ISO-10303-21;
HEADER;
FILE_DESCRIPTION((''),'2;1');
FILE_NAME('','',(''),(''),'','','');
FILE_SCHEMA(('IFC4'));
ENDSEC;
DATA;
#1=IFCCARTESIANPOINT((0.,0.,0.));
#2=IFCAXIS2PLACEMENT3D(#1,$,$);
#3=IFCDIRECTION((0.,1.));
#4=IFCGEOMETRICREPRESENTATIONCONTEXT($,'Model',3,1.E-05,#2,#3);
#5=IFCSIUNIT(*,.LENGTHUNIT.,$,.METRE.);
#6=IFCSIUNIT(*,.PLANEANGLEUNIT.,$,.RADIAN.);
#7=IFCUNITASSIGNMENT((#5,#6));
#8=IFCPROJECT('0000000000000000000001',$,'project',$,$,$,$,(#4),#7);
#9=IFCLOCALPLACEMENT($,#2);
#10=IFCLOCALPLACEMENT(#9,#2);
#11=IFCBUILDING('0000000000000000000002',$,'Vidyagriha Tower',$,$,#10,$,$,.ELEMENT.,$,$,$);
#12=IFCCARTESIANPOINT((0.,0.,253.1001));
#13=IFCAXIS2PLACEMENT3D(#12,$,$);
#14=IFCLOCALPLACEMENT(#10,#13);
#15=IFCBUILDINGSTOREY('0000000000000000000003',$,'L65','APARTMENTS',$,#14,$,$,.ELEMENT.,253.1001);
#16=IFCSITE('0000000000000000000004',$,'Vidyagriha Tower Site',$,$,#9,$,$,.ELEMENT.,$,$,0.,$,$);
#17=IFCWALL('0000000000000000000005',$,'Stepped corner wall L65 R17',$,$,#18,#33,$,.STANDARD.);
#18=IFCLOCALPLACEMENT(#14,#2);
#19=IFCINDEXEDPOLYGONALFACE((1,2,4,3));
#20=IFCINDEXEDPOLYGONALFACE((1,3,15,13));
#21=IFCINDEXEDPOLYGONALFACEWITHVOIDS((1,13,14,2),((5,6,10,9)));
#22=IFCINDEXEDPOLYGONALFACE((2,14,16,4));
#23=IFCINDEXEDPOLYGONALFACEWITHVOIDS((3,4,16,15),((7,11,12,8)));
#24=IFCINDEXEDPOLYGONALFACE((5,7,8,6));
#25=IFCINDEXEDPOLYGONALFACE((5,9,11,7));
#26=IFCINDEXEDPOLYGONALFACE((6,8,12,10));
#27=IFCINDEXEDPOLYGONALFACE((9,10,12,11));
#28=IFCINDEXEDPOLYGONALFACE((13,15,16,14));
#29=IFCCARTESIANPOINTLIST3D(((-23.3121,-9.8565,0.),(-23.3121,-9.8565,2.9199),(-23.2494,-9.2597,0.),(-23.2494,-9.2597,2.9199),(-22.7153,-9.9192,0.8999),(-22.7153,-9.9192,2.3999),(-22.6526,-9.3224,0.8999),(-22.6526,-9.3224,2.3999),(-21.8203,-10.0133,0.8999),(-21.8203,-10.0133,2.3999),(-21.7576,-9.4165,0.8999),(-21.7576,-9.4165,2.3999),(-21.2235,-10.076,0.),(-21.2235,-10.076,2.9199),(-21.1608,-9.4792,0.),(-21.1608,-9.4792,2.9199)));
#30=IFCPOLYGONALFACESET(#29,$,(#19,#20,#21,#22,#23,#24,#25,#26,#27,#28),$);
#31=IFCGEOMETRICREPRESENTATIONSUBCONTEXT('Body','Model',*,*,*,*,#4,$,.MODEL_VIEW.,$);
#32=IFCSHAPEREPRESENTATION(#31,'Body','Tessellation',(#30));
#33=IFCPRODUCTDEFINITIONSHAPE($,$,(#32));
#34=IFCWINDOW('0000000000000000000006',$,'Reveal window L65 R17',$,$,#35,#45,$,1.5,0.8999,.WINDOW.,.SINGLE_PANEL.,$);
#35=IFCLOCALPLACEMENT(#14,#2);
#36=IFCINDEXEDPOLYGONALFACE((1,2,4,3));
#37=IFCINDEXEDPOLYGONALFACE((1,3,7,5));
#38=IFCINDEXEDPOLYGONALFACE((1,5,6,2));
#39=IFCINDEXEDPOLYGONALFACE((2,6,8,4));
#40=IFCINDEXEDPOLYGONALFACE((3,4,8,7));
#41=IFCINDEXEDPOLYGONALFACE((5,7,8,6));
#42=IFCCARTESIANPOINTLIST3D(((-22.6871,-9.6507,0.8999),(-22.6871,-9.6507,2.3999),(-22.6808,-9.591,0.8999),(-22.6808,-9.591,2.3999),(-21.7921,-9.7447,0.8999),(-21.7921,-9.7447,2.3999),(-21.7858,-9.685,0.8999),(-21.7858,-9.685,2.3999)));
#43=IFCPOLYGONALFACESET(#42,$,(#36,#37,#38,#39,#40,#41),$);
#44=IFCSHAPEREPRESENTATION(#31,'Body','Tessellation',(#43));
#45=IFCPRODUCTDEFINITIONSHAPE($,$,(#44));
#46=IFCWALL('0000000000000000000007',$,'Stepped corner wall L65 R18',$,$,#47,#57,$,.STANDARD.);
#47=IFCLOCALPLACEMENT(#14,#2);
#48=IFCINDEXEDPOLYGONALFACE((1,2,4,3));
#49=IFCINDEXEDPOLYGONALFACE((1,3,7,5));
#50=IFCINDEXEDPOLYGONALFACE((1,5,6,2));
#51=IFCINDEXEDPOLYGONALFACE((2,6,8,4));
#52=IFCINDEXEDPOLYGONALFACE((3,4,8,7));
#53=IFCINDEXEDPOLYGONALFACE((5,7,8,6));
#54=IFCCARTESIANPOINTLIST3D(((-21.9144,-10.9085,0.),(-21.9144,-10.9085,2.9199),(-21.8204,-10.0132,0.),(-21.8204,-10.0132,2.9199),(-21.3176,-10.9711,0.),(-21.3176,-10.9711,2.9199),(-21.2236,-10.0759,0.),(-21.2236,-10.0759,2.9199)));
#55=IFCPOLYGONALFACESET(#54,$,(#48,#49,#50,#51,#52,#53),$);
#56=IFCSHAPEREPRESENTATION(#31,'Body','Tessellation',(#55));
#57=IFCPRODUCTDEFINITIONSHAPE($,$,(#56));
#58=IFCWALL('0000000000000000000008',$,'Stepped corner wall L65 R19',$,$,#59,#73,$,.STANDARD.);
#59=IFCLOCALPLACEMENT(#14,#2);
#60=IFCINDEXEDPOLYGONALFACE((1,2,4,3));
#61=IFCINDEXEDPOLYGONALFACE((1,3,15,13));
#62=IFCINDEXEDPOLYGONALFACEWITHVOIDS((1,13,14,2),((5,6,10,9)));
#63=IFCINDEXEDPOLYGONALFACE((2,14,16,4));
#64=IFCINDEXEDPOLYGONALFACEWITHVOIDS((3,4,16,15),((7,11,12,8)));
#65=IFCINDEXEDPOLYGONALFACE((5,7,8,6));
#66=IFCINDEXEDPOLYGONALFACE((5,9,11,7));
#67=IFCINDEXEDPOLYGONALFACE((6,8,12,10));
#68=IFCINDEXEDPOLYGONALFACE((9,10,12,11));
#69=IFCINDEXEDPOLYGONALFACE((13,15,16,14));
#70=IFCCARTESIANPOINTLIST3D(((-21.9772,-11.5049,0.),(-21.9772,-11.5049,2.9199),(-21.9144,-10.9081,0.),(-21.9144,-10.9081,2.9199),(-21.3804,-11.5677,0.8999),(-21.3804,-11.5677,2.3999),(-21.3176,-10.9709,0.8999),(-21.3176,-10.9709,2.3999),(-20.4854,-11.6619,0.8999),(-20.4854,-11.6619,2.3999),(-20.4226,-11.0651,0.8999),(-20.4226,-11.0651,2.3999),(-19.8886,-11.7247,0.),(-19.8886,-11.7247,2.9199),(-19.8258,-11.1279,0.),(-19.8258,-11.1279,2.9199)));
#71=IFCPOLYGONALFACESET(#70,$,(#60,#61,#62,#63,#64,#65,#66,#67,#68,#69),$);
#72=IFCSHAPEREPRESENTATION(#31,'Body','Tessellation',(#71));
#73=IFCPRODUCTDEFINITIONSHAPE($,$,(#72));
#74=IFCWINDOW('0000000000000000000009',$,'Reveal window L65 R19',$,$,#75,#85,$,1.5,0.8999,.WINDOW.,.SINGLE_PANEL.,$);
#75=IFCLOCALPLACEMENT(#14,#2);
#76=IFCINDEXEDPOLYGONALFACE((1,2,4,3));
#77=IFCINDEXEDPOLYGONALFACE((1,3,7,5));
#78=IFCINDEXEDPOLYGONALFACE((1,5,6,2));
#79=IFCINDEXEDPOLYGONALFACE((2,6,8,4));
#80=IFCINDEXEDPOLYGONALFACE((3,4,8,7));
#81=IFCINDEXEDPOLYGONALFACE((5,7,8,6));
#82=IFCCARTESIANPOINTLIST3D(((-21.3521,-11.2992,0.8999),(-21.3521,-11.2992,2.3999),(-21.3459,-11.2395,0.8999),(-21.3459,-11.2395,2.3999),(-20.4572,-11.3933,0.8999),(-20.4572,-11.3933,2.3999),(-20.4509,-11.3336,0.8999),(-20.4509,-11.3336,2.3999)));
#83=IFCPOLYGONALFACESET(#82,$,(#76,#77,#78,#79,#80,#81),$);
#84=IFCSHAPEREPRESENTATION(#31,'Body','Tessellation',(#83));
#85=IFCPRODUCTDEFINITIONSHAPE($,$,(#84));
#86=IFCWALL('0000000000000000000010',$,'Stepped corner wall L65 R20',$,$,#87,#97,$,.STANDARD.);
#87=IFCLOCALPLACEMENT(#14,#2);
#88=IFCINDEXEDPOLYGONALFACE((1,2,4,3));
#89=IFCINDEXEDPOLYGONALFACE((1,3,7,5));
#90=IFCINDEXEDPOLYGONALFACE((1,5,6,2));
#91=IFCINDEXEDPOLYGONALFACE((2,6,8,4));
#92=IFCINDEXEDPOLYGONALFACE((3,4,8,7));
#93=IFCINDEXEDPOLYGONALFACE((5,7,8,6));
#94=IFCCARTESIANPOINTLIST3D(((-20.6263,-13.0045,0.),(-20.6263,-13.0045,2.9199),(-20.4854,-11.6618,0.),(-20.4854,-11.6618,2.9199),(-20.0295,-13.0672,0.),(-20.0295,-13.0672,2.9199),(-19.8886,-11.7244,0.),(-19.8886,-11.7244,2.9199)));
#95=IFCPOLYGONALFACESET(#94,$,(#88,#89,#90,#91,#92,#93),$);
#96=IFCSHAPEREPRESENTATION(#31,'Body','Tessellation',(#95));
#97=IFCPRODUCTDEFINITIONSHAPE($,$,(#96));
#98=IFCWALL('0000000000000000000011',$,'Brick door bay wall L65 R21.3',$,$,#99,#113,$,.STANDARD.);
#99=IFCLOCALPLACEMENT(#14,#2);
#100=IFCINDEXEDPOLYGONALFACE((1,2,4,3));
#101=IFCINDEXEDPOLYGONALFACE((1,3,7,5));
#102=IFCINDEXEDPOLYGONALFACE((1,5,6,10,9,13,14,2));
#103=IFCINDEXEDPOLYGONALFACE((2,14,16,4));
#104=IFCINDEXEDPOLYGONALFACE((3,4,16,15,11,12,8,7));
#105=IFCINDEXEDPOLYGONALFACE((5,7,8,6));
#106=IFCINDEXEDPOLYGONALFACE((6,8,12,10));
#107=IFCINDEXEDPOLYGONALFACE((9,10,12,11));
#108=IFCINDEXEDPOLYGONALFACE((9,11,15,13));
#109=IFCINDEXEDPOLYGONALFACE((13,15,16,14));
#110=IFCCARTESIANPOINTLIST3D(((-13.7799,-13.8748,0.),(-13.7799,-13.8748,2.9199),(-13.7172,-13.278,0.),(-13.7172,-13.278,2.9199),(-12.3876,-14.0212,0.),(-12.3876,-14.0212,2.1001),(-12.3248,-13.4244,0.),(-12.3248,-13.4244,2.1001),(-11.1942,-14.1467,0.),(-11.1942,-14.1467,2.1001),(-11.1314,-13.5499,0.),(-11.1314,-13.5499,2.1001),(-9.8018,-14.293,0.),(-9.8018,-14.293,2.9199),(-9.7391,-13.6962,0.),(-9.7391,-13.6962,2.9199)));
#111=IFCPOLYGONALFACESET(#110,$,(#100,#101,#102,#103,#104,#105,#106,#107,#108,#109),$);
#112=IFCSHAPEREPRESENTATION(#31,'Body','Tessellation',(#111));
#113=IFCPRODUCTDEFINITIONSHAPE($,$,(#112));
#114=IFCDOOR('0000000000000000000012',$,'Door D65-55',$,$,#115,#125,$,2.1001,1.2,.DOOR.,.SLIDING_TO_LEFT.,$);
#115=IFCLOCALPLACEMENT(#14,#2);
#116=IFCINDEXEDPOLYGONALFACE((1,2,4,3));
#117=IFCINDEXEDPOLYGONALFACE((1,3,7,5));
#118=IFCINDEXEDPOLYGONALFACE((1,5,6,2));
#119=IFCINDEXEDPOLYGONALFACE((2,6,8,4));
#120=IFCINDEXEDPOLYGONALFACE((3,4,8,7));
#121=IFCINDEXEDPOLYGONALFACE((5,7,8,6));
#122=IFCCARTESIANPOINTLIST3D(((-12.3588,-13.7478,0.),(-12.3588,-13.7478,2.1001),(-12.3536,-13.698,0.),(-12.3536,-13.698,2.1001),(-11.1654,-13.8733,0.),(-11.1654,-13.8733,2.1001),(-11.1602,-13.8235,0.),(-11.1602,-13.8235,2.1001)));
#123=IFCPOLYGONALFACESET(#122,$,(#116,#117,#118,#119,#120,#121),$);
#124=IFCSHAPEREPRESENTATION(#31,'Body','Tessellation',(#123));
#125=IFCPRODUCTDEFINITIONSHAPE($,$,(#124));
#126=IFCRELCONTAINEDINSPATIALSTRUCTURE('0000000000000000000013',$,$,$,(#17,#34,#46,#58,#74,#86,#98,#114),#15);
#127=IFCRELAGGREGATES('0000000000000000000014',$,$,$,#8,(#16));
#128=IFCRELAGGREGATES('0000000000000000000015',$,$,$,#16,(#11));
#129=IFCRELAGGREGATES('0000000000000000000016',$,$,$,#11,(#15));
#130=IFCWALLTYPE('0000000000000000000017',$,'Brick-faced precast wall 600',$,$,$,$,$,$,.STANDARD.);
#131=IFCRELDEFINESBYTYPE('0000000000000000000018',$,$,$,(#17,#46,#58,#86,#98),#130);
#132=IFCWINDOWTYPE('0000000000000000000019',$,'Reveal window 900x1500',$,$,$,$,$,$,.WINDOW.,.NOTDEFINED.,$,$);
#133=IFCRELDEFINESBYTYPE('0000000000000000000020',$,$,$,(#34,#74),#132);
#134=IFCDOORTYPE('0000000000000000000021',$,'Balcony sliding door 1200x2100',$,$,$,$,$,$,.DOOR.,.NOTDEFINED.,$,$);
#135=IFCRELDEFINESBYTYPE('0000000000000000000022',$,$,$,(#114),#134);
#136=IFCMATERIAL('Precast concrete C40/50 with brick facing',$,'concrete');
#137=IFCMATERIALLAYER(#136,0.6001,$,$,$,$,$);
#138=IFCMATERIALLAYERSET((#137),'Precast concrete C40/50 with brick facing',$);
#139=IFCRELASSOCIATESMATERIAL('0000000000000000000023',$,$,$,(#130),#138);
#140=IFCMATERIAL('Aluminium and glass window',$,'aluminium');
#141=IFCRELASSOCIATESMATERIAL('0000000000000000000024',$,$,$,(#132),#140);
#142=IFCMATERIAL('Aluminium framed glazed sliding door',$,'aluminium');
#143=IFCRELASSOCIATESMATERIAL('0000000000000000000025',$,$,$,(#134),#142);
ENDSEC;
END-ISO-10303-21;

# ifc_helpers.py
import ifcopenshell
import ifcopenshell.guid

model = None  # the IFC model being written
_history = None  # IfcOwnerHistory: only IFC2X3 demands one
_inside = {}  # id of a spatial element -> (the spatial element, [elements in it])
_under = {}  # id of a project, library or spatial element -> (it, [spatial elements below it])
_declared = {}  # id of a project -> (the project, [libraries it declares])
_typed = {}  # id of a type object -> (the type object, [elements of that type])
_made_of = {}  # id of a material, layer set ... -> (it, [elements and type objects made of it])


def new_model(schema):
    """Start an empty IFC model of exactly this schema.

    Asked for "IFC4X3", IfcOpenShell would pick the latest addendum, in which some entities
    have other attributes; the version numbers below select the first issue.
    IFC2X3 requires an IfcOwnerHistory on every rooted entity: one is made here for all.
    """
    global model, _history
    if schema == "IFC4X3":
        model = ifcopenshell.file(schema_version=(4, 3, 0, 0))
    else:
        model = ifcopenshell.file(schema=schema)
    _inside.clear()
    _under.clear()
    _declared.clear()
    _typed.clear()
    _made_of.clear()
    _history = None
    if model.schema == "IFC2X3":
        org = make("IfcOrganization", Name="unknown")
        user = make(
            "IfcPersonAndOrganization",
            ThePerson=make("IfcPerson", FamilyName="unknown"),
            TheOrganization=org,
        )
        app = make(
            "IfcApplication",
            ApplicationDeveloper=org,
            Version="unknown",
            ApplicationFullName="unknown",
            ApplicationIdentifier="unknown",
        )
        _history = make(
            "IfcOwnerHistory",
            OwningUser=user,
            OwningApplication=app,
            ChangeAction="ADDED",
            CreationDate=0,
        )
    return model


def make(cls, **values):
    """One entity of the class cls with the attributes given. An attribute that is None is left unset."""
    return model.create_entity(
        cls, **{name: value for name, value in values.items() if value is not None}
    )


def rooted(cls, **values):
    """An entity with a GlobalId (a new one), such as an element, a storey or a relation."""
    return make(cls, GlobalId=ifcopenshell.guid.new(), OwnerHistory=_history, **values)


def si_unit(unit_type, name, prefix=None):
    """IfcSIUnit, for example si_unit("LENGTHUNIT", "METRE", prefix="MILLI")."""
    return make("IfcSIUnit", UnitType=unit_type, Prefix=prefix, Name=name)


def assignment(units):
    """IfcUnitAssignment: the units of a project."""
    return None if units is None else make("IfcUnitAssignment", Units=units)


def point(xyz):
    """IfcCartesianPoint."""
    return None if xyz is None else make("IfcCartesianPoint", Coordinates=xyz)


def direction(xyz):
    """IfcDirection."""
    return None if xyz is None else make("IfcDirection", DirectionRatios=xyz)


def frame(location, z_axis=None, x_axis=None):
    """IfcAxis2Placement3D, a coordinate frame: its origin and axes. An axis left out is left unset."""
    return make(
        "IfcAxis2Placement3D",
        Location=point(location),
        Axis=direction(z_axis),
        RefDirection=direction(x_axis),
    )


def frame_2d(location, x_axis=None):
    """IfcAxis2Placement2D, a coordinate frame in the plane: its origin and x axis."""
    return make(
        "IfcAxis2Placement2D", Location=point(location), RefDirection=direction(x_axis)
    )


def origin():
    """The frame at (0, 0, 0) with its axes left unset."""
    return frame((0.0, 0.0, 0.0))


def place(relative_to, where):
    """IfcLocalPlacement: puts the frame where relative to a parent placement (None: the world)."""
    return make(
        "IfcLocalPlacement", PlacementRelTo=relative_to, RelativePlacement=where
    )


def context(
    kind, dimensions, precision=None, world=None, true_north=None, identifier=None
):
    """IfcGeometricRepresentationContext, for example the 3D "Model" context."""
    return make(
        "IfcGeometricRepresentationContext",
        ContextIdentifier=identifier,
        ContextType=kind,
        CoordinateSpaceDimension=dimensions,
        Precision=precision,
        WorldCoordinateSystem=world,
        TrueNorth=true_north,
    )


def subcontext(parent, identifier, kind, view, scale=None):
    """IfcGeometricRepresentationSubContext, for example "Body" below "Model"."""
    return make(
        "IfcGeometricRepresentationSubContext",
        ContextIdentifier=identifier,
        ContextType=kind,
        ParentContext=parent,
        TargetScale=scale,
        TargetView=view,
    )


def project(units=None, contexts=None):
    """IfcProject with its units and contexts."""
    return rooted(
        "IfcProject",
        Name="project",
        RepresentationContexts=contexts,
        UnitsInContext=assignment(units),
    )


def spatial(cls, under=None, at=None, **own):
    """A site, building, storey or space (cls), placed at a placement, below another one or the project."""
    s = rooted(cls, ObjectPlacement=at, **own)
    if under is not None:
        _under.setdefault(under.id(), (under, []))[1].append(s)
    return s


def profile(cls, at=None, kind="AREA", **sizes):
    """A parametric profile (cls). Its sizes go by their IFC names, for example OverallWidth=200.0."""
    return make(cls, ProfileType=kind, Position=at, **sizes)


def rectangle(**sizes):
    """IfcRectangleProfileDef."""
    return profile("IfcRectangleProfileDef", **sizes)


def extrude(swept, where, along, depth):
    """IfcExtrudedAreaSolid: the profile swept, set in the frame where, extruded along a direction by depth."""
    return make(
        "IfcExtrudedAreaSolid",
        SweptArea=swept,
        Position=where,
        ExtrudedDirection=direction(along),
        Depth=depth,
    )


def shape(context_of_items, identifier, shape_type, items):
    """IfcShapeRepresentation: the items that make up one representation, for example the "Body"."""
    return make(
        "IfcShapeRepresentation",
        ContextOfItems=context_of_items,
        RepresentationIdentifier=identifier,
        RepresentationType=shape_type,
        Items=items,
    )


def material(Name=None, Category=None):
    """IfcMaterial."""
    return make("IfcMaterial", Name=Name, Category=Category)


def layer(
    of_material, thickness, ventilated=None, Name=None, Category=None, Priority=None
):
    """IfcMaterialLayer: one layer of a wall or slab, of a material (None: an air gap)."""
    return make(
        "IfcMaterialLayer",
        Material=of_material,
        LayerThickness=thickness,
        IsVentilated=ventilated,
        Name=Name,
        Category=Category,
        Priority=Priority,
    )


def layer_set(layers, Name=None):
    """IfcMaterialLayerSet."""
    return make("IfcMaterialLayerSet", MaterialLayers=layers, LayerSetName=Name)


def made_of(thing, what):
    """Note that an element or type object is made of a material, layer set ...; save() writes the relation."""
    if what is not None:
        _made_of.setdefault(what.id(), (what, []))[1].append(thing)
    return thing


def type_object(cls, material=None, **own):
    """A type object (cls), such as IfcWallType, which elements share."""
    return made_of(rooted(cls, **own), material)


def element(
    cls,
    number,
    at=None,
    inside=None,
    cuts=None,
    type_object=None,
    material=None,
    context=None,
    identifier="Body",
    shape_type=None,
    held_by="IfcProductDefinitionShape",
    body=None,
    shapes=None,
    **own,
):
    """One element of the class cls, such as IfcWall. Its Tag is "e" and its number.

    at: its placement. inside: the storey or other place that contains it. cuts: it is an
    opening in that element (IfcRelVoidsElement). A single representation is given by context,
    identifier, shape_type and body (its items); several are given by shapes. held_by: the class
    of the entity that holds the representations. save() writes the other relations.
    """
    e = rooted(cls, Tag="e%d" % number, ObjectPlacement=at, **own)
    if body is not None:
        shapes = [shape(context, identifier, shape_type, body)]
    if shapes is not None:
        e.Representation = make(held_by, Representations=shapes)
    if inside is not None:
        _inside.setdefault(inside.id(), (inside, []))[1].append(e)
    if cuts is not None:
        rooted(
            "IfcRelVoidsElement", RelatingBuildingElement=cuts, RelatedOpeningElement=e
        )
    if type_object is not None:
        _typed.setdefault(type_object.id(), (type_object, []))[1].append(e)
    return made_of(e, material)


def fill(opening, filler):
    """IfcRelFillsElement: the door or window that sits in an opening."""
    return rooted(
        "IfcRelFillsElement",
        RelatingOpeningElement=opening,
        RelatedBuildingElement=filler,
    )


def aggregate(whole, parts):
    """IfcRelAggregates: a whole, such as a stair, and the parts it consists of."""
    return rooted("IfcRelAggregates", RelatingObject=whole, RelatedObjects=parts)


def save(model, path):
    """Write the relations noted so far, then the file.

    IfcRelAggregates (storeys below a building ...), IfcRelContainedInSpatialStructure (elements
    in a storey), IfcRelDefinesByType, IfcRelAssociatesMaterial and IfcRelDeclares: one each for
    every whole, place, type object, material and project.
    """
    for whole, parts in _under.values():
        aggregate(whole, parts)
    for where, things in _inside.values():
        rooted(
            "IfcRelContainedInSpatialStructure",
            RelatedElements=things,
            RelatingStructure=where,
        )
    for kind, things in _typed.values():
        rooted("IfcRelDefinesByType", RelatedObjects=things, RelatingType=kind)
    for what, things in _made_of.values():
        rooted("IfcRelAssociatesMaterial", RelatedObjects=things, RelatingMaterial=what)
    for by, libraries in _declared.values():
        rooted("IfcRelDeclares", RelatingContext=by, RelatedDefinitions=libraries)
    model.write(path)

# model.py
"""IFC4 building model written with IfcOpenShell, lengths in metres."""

from ifc_helpers import new_model, si_unit, direction, frame, frame_2d, origin, place, context, subcontext, project, spatial, rectangle, extrude, material, layer, layer_set, type_object, element, fill, save


model = new_model("IFC4")

# Units and contexts
model_context = context("Model", 3, precision=1e-05, world=origin(), true_north=direction((0.0, 1.0)))
body_context = subcontext(model_context, "Body", "Model", "MODEL_VIEW")
ifc_project = project(units=[si_unit("LENGTHUNIT", "METRE"), si_unit("PLANEANGLEUNIT", "RADIAN")], contexts=[model_context])

# Site, building, storey
site_placement = place(None, origin())
site = spatial("IfcSite", under=ifc_project, at=site_placement, Name="Vidyagriha Tower Site", CompositionType="ELEMENT", RefElevation=0.0)
building_placement = place(site_placement, origin())
building = spatial("IfcBuilding", under=site, at=building_placement, Name="Vidyagriha Tower", CompositionType="ELEMENT")
storey_placement = place(building_placement, frame((0.0, 0.0, 253.1001)))
storey = spatial("IfcBuildingStorey", under=building, at=storey_placement, Name="L65", Description="APARTMENTS", CompositionType="ELEMENT", Elevation=253.1001)

# Wall, opening, window
ifc_material_1 = material(Name="Precast concrete C40/50 with brick facing", Category="concrete")
ifc_layer_1 = layer(ifc_material_1, 0.6001)
ifc_layer_set_1 = layer_set([ifc_layer_1], Name="Precast concrete C40/50 with brick facing")
wall_type = type_object("IfcWallType", Name="Brick-faced precast wall 600", PredefinedType="STANDARD", material=ifc_layer_set_1)
wall_1_placement = place(storey_placement, frame((-23.2808, -9.5581, 0.0), z_axis=(0.0, 0.0, 1.0), x_axis=(0.994524, -0.104509, 0.0)))
wall_1 = element("IfcWall", 1, at=wall_1_placement, inside=storey, type_object=wall_type, Name="Stepped corner wall L65 R17", PredefinedType="STANDARD", context=body_context, shape_type="SweptSolid", body=[
    extrude(rectangle(XDim=2.1001, YDim=0.6001, at=frame_2d((1.05, 0.0))), origin(), (0.0, 0.0, 1.0), 2.9199),
])
opening_1_placement = place(wall_1_placement, frame((0.6001, 0.0, 0.8999)))
opening_1 = element("IfcOpeningElement", 2, at=opening_1_placement, cuts=wall_1, PredefinedType="OPENING", context=body_context, shape_type="SweptSolid", body=[
    extrude(rectangle(XDim=0.8999, YDim=1.5, at=frame_2d((0.45, 0.75))), frame((0.0, 0.3101, 0.0), z_axis=(0.0, -1.0, 0.0), x_axis=(1.0, 0.0, 0.0)), (0.0, 0.0, 1.0), 0.6201),
])
ifc_material_2 = material(Name="Aluminium and glass window", Category="aluminium")
window_type = type_object("IfcWindowType", Name="Reveal window 900x1500", PartitioningType="NOTDEFINED", PredefinedType="WINDOW", material=ifc_material_2)
window_1_placement = place(opening_1_placement, origin())
window_1 = element("IfcWindow", 3, at=window_1_placement, inside=storey, type_object=window_type, Name="Reveal window L65 R17", OverallHeight=1.5, OverallWidth=0.8999, PartitioningType="SINGLE_PANEL", PredefinedType="WINDOW", context=body_context, shape_type="SweptSolid", body=[
    extrude(rectangle(XDim=0.8999, YDim=1.5, at=frame_2d((0.45, 0.75))), frame((0.0, 0.03, 0.0), z_axis=(0.0, -1.0, 0.0), x_axis=(1.0, 0.0, 0.0)), (0.0, 0.0, 1.0), 0.0601),
])
fill(opening_1, window_1)

# Wall
wall_2_placement = place(storey_placement, frame((-21.522, -10.0444, 0.0), z_axis=(0.0, 0.0, 1.0), x_axis=(-0.104417, -0.994534, 0.0)))
element("IfcWall", 4, at=wall_2_placement, inside=storey, type_object=wall_type, Name="Stepped corner wall L65 R18", PredefinedType="STANDARD", context=body_context, shape_type="SweptSolid", body=[
    extrude(rectangle(XDim=0.9001, YDim=0.6001, at=frame_2d((0.4502, 0.0))), origin(), (0.0, 0.0, 1.0), 2.9199),
])

# Wall, opening, window
wall_3_placement = place(storey_placement, frame((-21.9458, -11.2065, 0.0), z_axis=(0.0, 0.0, 1.0), x_axis=(0.994512, -0.104624, 0.0)))
wall_3 = element("IfcWall", 5, at=wall_3_placement, inside=storey, type_object=wall_type, Name="Stepped corner wall L65 R19", PredefinedType="STANDARD", context=body_context, shape_type="SweptSolid", body=[
    extrude(rectangle(XDim=2.1001, YDim=0.6001, at=frame_2d((1.05, 0.0))), origin(), (0.0, 0.0, 1.0), 2.9199),
])
opening_2_placement = place(wall_3_placement, frame((0.6001, 0.0, 0.8999)))
opening_2 = element("IfcOpeningElement", 6, at=opening_2_placement, cuts=wall_3, PredefinedType="OPENING", context=body_context, shape_type="SweptSolid", body=[
    extrude(rectangle(XDim=0.8999, YDim=1.5, at=frame_2d((0.45, 0.75))), frame((0.0, 0.3101, 0.0), z_axis=(0.0, -1.0, 0.0), x_axis=(1.0, 0.0, 0.0)), (0.0, 0.0, 1.0), 0.6201),
])
window_2_placement = place(opening_2_placement, origin())
window_2 = element("IfcWindow", 7, at=window_2_placement, inside=storey, type_object=window_type, Name="Reveal window L65 R19", OverallHeight=1.5, OverallWidth=0.8999, PartitioningType="SINGLE_PANEL", PredefinedType="WINDOW", context=body_context, shape_type="SweptSolid", body=[
    extrude(rectangle(XDim=0.8999, YDim=1.5, at=frame_2d((0.45, 0.75))), frame((0.0, 0.03, 0.0), z_axis=(0.0, -1.0, 0.0), x_axis=(1.0, 0.0, 0.0)), (0.0, 0.0, 1.0), 0.0601),
])
fill(opening_2, window_2)

# Wall
wall_4_placement = place(storey_placement, frame((-20.187, -11.6931, 0.0), z_axis=(0.0, 0.0, 1.0), x_axis=(-0.104337, -0.994542, 0.0)))
element("IfcWall", 8, at=wall_4_placement, inside=storey, type_object=wall_type, Name="Stepped corner wall L65 R20", PredefinedType="STANDARD", context=body_context, shape_type="SweptSolid", body=[
    extrude(rectangle(XDim=1.3501, YDim=0.6001, at=frame_2d((0.675, 0.0))), origin(), (0.0, 0.0, 1.0), 2.9199),
])

# Wall, opening, door
wall_5_placement = place(storey_placement, frame((-13.7485, -13.5764, 0.0), z_axis=(0.0, 0.0, 1.0), x_axis=(0.994519, -0.104555, 0.0)))
wall_5 = element("IfcWall", 9, at=wall_5_placement, inside=storey, type_object=wall_type, Name="Brick door bay wall L65 R21.3", PredefinedType="STANDARD", context=body_context, shape_type="SweptSolid", body=[
    extrude(rectangle(XDim=4.0, YDim=0.6001, at=frame_2d((2.0, 0.0))), origin(), (0.0, 0.0, 1.0), 2.9199),
])
opening_3_placement = place(wall_5_placement, frame((1.3999, 0.0, 0.0)))
opening_3 = element("IfcOpeningElement", 10, at=opening_3_placement, cuts=wall_5, PredefinedType="OPENING", context=body_context, shape_type="SweptSolid", body=[
    extrude(rectangle(XDim=1.2, YDim=2.1001, at=frame_2d((0.6001, 1.05))), frame((0.0, 0.3101, 0.0), z_axis=(0.0, -1.0, 0.0), x_axis=(1.0, 0.0, 0.0)), (0.0, 0.0, 1.0), 0.6201),
])
ifc_material_3 = material(Name="Aluminium framed glazed sliding door", Category="aluminium")
door_type = type_object("IfcDoorType", Name="Balcony sliding door 1200x2100", OperationType="NOTDEFINED", PredefinedType="DOOR", material=ifc_material_3)
door_placement = place(opening_3_placement, origin())
door = element("IfcDoor", 11, at=door_placement, inside=storey, type_object=door_type, Name="Door D65-55", OperationType="SLIDING_TO_LEFT", OverallHeight=2.1001, OverallWidth=1.2, PredefinedType="DOOR", context=body_context, shape_type="SweptSolid", body=[
    extrude(rectangle(XDim=1.2, YDim=2.1001, at=frame_2d((0.6001, 1.05))), frame((0.0, 0.0249, 0.0), z_axis=(0.0, -1.0, 0.0), x_axis=(1.0, 0.0, 0.0)), (0.0, 0.0, 1.0), 0.05),
])
fill(opening_3, door)

save(model, "model.ifc")
